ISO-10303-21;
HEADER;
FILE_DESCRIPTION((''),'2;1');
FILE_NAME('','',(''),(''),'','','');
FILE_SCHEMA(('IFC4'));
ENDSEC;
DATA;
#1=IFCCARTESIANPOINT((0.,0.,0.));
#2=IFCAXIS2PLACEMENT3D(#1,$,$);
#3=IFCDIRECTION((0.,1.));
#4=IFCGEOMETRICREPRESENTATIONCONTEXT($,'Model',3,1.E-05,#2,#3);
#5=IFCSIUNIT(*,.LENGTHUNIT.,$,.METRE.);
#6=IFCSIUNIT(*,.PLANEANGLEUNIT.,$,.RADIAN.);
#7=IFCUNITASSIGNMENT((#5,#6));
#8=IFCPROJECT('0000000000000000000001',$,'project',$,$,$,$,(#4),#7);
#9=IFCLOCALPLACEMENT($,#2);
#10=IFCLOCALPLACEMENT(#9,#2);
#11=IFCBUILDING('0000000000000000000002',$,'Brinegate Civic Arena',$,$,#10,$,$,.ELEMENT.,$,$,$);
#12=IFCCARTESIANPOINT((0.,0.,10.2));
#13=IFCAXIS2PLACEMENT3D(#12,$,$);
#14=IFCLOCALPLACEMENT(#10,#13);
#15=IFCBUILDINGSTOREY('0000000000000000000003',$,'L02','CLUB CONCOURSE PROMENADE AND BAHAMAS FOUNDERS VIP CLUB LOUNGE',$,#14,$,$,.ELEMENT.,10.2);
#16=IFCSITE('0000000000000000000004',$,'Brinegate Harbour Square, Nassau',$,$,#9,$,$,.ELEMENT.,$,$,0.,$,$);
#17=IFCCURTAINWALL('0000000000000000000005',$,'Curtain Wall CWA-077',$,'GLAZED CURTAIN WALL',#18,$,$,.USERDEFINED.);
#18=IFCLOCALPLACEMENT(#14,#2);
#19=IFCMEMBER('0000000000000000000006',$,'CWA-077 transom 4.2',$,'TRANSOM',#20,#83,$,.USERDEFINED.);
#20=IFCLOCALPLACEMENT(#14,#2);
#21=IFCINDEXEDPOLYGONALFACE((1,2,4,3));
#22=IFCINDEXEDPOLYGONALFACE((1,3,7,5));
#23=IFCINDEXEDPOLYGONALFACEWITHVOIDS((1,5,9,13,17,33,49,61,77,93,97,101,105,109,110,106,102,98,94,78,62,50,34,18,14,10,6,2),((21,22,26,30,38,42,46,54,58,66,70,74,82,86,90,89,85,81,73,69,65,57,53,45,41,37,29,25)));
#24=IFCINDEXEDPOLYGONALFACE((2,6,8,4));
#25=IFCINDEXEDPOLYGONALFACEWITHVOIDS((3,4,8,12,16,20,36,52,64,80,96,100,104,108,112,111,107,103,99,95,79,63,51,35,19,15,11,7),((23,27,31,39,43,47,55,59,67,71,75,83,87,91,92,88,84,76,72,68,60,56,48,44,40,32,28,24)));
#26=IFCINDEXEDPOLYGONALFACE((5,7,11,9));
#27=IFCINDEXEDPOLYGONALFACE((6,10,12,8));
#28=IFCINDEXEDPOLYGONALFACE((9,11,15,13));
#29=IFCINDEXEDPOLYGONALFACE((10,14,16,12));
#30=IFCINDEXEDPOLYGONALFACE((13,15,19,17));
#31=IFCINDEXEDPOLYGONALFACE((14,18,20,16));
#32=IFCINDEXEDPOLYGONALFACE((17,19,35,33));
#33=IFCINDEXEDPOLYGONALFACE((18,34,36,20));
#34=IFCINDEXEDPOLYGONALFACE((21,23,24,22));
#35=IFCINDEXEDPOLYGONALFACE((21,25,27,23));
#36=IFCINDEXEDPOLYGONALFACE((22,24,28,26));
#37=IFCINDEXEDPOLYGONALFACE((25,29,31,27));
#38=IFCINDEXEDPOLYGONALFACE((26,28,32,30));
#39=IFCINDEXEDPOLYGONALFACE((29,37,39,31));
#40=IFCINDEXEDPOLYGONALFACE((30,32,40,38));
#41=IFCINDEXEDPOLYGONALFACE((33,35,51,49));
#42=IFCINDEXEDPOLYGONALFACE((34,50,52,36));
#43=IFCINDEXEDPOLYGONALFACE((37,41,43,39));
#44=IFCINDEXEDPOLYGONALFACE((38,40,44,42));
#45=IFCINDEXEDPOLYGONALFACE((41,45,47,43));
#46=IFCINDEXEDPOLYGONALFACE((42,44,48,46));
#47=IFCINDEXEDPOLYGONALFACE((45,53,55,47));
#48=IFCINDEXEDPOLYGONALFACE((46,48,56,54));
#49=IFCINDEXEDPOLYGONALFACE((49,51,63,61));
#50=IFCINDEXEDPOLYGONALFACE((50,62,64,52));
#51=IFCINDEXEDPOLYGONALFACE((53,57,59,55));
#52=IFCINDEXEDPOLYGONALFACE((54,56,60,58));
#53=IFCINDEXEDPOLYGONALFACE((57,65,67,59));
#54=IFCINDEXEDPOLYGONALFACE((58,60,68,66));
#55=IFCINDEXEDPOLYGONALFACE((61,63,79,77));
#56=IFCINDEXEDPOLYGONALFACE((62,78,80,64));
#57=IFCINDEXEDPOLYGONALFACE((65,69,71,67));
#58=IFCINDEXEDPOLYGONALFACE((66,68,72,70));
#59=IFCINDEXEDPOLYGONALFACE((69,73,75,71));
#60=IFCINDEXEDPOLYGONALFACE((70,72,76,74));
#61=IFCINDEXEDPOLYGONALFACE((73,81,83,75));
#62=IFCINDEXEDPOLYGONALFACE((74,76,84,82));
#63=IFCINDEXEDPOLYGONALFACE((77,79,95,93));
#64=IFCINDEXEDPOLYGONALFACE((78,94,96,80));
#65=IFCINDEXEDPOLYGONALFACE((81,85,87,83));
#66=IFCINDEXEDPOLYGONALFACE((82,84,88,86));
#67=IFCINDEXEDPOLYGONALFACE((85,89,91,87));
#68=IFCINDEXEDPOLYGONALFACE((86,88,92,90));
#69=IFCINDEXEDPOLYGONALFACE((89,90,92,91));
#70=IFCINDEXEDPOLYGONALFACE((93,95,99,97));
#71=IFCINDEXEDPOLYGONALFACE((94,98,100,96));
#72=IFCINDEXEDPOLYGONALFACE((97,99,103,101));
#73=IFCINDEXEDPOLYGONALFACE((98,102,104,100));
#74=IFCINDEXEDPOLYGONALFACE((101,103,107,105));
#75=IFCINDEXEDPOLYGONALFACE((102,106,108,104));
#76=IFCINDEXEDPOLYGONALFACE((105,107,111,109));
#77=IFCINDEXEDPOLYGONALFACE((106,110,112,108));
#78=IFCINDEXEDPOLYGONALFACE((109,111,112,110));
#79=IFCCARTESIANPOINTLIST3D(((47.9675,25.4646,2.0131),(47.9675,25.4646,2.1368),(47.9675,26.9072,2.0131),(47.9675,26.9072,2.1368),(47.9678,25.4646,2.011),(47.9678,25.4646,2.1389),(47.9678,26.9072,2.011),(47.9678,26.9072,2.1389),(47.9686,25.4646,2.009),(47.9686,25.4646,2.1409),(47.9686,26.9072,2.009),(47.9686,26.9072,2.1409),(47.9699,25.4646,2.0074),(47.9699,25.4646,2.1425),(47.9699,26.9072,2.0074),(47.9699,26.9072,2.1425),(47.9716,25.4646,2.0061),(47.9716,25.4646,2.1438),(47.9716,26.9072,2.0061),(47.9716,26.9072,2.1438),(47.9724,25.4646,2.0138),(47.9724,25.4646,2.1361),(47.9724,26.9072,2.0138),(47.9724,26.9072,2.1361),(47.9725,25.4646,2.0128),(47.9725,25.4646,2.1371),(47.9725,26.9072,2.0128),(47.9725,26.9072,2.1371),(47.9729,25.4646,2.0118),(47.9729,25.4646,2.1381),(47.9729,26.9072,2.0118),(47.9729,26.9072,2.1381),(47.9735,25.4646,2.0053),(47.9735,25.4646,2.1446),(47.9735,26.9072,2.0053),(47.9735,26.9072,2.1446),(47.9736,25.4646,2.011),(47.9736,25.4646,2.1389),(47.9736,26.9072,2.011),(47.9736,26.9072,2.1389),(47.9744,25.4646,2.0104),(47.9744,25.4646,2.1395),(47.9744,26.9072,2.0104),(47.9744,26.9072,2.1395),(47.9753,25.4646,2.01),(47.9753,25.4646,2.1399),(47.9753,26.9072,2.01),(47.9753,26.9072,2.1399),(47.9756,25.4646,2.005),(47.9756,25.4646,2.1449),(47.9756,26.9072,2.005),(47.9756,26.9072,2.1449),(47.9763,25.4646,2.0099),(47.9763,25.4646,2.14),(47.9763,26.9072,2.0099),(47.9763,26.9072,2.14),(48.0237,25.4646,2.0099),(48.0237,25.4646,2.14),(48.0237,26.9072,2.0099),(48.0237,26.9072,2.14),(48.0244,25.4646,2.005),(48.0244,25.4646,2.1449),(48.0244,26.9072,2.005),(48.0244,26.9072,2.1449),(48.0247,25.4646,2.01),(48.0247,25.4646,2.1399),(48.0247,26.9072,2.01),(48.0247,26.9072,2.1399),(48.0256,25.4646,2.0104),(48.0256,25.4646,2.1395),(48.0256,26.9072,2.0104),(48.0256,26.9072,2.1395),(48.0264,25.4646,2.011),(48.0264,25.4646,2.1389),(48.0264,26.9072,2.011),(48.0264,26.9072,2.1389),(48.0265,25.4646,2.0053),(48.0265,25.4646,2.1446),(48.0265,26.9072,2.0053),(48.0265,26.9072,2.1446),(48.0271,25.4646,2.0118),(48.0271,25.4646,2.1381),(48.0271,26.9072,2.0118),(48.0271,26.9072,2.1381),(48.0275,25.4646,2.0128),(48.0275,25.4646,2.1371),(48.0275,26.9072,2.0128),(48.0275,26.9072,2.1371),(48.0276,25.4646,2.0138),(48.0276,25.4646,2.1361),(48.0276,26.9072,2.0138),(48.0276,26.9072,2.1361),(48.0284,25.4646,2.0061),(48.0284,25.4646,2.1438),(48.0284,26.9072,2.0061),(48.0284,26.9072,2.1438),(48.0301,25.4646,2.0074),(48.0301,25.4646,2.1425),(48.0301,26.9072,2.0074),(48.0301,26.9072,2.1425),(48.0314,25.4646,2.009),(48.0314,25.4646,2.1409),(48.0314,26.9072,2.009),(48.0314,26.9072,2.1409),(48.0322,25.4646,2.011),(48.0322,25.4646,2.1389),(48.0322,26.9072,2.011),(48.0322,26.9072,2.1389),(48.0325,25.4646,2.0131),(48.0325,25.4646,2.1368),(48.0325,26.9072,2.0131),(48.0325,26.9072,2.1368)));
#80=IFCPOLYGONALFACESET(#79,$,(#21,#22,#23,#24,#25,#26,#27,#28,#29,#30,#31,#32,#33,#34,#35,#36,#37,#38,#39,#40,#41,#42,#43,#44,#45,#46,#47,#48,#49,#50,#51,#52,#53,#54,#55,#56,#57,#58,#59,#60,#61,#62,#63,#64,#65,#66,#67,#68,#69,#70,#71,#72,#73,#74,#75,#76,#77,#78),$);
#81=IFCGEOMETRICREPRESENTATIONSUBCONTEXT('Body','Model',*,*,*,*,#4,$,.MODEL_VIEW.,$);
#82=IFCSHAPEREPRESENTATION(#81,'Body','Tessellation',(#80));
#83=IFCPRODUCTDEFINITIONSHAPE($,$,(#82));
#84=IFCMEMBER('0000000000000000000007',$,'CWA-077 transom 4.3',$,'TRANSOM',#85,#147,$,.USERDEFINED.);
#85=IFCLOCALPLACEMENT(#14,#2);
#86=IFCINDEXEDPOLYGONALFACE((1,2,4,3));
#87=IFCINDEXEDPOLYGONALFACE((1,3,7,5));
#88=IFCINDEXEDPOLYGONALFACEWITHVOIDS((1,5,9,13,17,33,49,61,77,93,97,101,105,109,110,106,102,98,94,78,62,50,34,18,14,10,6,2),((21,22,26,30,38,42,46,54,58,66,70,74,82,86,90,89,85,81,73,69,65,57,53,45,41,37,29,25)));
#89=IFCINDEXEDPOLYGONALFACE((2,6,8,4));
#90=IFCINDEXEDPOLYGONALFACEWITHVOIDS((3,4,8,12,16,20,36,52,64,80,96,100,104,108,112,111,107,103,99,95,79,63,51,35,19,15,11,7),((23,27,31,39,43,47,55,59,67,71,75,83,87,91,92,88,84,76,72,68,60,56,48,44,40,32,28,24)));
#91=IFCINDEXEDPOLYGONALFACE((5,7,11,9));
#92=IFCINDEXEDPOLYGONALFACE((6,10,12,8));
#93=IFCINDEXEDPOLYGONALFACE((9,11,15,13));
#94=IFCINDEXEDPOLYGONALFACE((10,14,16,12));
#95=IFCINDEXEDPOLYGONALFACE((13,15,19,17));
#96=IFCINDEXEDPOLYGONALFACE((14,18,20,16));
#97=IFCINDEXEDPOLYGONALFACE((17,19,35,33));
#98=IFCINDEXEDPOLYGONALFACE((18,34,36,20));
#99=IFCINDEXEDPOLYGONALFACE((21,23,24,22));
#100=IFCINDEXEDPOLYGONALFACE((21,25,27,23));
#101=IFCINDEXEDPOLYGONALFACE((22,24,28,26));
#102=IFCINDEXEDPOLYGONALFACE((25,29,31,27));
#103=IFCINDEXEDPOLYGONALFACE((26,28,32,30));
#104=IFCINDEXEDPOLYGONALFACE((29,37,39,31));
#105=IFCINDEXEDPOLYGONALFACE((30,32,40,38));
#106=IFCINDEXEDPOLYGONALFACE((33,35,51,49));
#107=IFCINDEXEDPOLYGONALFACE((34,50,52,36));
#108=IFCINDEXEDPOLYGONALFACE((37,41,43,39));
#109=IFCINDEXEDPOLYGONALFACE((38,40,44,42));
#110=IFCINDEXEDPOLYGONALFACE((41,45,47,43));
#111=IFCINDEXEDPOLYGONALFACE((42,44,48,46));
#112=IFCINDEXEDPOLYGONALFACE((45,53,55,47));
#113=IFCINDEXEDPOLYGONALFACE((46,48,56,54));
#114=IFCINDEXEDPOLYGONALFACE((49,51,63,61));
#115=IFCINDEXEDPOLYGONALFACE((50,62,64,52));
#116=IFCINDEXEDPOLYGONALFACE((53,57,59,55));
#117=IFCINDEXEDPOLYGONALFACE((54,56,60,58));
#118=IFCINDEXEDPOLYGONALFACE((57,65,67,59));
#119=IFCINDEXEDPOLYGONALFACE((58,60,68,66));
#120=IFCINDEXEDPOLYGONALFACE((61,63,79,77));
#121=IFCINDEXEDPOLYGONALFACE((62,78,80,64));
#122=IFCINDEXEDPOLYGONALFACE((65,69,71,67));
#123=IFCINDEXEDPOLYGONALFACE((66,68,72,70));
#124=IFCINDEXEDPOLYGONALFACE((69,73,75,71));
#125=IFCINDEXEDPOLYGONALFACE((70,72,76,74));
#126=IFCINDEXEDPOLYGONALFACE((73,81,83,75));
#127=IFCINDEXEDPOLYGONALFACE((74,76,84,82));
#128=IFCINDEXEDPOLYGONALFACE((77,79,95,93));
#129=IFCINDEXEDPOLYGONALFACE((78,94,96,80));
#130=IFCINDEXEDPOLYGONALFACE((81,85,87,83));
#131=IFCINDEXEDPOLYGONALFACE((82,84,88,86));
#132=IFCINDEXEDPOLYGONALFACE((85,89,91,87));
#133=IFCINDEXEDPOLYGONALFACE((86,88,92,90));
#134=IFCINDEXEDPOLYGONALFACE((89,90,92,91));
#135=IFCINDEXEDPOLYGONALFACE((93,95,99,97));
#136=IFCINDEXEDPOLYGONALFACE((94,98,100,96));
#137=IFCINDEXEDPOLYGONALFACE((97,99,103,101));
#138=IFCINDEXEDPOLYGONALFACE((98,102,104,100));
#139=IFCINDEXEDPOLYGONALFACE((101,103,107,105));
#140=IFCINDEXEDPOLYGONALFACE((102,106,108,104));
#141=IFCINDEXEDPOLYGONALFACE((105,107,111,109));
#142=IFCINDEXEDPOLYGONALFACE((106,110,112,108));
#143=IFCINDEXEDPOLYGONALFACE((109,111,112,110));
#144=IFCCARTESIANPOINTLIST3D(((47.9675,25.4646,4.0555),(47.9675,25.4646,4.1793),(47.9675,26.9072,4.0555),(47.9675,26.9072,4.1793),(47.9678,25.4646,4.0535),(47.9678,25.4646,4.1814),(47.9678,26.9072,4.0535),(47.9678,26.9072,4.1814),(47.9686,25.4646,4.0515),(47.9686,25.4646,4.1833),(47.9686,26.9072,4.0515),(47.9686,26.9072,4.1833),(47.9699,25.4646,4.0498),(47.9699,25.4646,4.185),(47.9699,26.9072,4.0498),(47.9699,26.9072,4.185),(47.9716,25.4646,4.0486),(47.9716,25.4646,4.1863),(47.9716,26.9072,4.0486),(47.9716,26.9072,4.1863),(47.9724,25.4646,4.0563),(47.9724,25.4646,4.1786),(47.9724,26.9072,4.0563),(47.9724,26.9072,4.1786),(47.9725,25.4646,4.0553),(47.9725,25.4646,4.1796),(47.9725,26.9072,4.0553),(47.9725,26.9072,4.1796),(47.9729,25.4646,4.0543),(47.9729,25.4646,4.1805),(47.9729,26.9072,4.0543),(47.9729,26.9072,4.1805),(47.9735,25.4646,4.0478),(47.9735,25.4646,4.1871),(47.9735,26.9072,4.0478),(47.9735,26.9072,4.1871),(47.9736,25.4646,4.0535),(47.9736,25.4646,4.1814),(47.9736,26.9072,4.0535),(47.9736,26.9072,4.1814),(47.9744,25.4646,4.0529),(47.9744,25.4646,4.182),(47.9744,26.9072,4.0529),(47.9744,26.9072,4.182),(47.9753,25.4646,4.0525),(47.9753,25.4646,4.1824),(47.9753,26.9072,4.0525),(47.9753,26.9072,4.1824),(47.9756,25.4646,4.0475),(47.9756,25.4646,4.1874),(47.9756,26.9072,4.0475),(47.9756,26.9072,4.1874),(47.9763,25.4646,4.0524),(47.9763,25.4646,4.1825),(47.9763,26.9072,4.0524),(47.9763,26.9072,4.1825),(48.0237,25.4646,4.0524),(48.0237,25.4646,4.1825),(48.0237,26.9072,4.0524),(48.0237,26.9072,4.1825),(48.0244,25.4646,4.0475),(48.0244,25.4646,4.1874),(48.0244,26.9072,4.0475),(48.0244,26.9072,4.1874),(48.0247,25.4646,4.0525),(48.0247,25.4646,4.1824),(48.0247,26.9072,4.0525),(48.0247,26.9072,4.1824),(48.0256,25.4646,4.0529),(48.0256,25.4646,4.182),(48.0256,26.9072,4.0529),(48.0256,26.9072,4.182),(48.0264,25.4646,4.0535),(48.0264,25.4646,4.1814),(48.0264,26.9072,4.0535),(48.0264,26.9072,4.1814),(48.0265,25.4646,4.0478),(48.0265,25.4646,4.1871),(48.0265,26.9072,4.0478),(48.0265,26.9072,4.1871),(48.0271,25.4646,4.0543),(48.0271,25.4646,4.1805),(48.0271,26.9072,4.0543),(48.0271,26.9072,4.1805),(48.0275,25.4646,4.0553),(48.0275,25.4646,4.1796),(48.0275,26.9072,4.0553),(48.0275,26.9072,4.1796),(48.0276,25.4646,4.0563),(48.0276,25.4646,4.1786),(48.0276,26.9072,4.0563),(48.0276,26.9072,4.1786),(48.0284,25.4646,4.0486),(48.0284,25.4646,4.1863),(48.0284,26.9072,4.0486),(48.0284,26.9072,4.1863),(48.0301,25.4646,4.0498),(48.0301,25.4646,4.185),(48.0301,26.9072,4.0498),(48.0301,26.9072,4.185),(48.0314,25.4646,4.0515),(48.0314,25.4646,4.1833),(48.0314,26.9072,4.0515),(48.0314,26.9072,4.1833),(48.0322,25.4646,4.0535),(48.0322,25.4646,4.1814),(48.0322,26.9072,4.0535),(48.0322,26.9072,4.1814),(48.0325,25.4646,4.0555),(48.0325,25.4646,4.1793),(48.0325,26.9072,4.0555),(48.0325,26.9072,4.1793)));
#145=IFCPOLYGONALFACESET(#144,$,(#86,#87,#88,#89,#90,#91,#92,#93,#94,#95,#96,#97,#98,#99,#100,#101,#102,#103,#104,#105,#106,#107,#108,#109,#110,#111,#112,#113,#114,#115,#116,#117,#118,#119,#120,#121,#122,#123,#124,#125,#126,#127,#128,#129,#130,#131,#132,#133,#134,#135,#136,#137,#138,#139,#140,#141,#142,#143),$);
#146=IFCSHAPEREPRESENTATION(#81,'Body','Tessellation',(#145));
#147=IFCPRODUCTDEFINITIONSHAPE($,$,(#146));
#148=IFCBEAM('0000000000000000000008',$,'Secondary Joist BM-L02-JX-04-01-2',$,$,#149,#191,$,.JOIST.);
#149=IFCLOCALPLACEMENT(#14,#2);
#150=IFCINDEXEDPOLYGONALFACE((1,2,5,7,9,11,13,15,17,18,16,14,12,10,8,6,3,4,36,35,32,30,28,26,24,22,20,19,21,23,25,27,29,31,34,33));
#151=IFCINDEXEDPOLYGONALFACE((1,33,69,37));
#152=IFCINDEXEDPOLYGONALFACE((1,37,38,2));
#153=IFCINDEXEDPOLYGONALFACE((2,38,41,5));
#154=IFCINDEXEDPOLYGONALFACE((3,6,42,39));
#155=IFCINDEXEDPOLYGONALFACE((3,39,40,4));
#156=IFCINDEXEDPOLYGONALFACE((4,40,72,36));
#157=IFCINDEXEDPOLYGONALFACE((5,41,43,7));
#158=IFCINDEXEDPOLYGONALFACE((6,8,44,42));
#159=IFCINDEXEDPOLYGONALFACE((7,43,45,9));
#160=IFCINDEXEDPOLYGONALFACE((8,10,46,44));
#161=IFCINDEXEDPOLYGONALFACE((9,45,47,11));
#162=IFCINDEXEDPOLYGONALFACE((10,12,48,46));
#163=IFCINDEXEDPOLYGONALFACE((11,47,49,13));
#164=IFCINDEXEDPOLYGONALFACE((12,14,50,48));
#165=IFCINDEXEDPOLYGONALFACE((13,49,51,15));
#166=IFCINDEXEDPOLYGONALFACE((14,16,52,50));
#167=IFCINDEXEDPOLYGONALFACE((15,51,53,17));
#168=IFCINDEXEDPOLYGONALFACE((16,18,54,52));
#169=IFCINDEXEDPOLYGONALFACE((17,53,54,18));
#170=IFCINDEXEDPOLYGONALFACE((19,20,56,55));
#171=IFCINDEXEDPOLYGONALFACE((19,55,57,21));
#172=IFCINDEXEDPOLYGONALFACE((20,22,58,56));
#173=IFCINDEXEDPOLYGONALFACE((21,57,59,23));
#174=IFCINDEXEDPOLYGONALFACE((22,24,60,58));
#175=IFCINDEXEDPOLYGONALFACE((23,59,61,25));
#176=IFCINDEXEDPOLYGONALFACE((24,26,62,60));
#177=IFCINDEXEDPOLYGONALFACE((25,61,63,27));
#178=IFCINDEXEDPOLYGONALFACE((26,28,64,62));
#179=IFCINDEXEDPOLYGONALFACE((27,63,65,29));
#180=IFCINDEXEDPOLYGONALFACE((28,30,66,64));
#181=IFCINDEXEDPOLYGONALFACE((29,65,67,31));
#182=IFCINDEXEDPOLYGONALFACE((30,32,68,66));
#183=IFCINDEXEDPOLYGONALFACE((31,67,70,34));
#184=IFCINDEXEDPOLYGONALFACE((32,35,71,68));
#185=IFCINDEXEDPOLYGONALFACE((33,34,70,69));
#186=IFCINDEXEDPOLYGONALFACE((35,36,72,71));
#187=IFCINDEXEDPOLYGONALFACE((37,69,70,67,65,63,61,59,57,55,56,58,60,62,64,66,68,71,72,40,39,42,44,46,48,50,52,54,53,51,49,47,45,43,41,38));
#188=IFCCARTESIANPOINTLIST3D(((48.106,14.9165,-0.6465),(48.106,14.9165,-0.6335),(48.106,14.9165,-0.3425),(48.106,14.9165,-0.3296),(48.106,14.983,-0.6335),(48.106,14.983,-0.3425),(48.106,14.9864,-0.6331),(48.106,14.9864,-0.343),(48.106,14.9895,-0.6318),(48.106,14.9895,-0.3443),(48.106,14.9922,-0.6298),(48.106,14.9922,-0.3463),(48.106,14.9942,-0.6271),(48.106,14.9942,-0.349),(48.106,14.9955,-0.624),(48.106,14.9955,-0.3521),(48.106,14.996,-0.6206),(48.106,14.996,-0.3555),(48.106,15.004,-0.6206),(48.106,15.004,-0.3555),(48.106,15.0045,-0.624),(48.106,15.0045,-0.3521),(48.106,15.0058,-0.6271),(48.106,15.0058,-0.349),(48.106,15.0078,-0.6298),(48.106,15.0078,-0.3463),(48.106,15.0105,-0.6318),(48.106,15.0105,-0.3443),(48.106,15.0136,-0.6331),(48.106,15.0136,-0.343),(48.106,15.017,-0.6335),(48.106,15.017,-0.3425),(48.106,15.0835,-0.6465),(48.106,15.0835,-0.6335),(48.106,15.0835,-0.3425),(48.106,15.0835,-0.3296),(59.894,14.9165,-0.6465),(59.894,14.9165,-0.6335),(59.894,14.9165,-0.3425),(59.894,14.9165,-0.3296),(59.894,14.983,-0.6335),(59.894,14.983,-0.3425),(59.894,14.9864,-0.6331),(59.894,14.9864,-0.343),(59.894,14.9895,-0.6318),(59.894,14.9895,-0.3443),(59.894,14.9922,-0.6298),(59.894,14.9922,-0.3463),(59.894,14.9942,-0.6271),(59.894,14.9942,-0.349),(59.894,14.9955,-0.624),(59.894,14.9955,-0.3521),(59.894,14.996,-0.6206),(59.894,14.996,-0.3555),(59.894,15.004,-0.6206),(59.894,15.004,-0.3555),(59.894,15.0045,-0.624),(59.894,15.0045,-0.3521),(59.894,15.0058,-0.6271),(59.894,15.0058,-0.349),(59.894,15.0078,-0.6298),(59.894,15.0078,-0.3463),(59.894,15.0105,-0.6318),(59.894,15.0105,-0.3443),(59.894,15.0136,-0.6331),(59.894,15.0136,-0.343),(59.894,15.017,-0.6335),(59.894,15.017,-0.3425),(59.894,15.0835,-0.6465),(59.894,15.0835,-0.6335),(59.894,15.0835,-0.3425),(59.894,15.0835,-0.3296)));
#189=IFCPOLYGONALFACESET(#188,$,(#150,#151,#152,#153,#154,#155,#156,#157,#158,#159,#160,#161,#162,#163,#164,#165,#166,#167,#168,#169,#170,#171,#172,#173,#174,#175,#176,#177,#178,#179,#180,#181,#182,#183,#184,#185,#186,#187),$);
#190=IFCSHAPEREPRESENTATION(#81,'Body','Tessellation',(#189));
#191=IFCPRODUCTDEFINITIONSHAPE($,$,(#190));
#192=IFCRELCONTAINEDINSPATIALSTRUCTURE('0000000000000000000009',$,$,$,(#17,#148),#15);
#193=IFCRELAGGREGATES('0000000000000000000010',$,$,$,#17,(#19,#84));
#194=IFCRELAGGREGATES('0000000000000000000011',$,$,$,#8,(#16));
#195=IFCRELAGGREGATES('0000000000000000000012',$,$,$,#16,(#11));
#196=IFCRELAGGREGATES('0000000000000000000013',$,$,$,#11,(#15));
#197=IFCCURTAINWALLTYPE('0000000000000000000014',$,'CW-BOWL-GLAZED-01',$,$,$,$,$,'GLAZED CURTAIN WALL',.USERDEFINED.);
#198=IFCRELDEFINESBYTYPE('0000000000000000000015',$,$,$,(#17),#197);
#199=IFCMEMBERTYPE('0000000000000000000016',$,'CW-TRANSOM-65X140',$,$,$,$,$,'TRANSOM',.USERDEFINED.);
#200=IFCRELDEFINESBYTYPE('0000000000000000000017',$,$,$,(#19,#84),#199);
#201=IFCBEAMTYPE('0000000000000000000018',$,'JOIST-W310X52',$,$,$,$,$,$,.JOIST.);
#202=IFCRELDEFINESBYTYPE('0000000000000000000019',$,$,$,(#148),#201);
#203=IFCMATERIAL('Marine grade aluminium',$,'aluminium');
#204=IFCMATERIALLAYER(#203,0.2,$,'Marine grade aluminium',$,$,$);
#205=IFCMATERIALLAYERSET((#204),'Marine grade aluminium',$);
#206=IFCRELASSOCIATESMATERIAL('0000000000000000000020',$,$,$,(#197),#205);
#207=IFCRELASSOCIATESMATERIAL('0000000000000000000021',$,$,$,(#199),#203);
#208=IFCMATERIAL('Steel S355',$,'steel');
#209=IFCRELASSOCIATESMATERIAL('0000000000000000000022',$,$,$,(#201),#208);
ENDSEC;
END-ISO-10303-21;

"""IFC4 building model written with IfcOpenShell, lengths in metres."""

from ifc_helpers import new_model, si_unit, direction, frame, origin, origin_2d, place, context, subcontext, project, spatial, hollow_rectangle, i_section, extrude, material, layer, layer_set, material_profile, profile_set, type_object, element, aggregate, save


model = new_model("IFC4")

# Units and contexts
model_context = context("Model", 3, precision=1e-05, world=origin(), true_north=direction((0.0, 1.0)))
body_context = subcontext(model_context, "Body", "Model", "MODEL_VIEW")
ifc_project = project(units=[si_unit("LENGTHUNIT", "METRE"), si_unit("PLANEANGLEUNIT", "RADIAN")], contexts=[model_context])

# Site, building, storey
site_placement = place(None, origin())
site = spatial("IfcSite", under=ifc_project, at=site_placement, Name="Brinegate Harbour Square, Nassau", CompositionType="ELEMENT", RefElevation=0.0)
building_placement = place(site_placement, origin())
building = spatial("IfcBuilding", under=site, at=building_placement, Name="Brinegate Civic Arena", CompositionType="ELEMENT")
storey_placement = place(building_placement, frame((0.0, 0.0, 10.2)))
storey = spatial("IfcBuildingStorey", under=building, at=storey_placement, Name="L02", Description="CLUB CONCOURSE PROMENADE AND BAHAMAS FOUNDERS VIP CLUB LOUNGE", CompositionType="ELEMENT", Elevation=10.2)

# Shared definitions
ifc_material_1 = material(Name="Steel S355", Category="steel")

# Curtain wall
ifc_material_2 = material(Name="Marine grade aluminium", Category="aluminium")
ifc_layer_1 = layer(ifc_material_2, 0.2, Name="Marine grade aluminium")
ifc_layer_set_1 = layer_set([ifc_layer_1], Name="Marine grade aluminium")
curtain_wall_type = type_object("IfcCurtainWallType", Name="CW-BOWL-GLAZED-01", ElementType="GLAZED CURTAIN WALL", PredefinedType="USERDEFINED", material=ifc_layer_set_1)
curtain_wall_1_placement = place(storey_placement, origin())
curtain_wall_1 = element("IfcCurtainWall", 1, at=curtain_wall_1_placement, inside=storey, type_object=curtain_wall_type, Name="Curtain Wall CWA-077", ObjectType="GLAZED CURTAIN WALL", PredefinedType="USERDEFINED")

# Members
ifc_material_profile_1 = material_profile(ifc_material_2, hollow_rectangle(XDim=0.0649, YDim=0.1399, WallThickness=0.0049, InnerFilletRadius=0.0039, OuterFilletRadius=0.0081, at=origin_2d()), Name="TRN65X140")
ifc_profile_set_1 = profile_set([ifc_material_profile_1], Name="Marine grade aluminium")
member_type_1 = type_object("IfcMemberType", Name="CW-TRANSOM-65X140", ElementType="TRANSOM", PredefinedType="USERDEFINED", material=ifc_profile_set_1)
member_1_placement = place(storey_placement, frame((48.0, 25.4646, 2.075), z_axis=(0.0, 1.0, 0.0), x_axis=(-1.0, 0.0, 0.0)))
member_1 = element("IfcMember", 2, at=member_1_placement, type_object=member_type_1, Name="CWA-077 transom 4.2", ObjectType="TRANSOM", PredefinedType="USERDEFINED", context=body_context, shape_type="SweptSolid", body=[
    extrude(hollow_rectangle(XDim=0.0649, YDim=0.1399, WallThickness=0.0049, InnerFilletRadius=0.0039, OuterFilletRadius=0.0081, at=origin_2d()), origin(), (0.0, 0.0, 1.0), 1.4426),
])
member_2_placement = place(storey_placement, frame((48.0, 25.4646, 4.1174), z_axis=(0.0, 1.0, 0.0), x_axis=(-1.0, 0.0, 0.0)))
member_2 = element("IfcMember", 3, at=member_2_placement, type_object=member_type_1, Name="CWA-077 transom 4.3", ObjectType="TRANSOM", PredefinedType="USERDEFINED", context=body_context, shape_type="SweptSolid", body=[
    extrude(hollow_rectangle(XDim=0.0649, YDim=0.1399, WallThickness=0.0049, InnerFilletRadius=0.0039, OuterFilletRadius=0.0081, at=origin_2d()), origin(), (0.0, 0.0, 1.0), 1.4426),
])

# Beam
ifc_material_profile_2 = material_profile(ifc_material_1, i_section(OverallWidth=0.167, OverallDepth=0.3169, WebThickness=0.0081, FlangeThickness=0.0129, FilletRadius=0.0129, at=origin_2d()), Name="W310X52")
ifc_profile_set_2 = profile_set([ifc_material_profile_2], Name="Steel S355")
beam_type_1 = type_object("IfcBeamType", Name="JOIST-W310X52", PredefinedType="JOIST", material=ifc_profile_set_2)
beam_1_placement = place(storey_placement, frame((48.106, 15.0, -0.488), z_axis=(1.0, 0.0, 0.0), x_axis=(0.0, 1.0, 0.0)))
element("IfcBeam", 4, at=beam_1_placement, inside=storey, type_object=beam_type_1, Name="Secondary Joist BM-L02-JX-04-01-2", PredefinedType="JOIST", context=body_context, shape_type="SweptSolid", body=[
    extrude(i_section(OverallWidth=0.167, OverallDepth=0.3169, WebThickness=0.0081, FlangeThickness=0.0129, FilletRadius=0.0129, at=origin_2d()), origin(), (0.0, 0.0, 1.0), 11.7881),
])

aggregate(curtain_wall_1, [member_1, member_2])

save(model, "model.ifc")
